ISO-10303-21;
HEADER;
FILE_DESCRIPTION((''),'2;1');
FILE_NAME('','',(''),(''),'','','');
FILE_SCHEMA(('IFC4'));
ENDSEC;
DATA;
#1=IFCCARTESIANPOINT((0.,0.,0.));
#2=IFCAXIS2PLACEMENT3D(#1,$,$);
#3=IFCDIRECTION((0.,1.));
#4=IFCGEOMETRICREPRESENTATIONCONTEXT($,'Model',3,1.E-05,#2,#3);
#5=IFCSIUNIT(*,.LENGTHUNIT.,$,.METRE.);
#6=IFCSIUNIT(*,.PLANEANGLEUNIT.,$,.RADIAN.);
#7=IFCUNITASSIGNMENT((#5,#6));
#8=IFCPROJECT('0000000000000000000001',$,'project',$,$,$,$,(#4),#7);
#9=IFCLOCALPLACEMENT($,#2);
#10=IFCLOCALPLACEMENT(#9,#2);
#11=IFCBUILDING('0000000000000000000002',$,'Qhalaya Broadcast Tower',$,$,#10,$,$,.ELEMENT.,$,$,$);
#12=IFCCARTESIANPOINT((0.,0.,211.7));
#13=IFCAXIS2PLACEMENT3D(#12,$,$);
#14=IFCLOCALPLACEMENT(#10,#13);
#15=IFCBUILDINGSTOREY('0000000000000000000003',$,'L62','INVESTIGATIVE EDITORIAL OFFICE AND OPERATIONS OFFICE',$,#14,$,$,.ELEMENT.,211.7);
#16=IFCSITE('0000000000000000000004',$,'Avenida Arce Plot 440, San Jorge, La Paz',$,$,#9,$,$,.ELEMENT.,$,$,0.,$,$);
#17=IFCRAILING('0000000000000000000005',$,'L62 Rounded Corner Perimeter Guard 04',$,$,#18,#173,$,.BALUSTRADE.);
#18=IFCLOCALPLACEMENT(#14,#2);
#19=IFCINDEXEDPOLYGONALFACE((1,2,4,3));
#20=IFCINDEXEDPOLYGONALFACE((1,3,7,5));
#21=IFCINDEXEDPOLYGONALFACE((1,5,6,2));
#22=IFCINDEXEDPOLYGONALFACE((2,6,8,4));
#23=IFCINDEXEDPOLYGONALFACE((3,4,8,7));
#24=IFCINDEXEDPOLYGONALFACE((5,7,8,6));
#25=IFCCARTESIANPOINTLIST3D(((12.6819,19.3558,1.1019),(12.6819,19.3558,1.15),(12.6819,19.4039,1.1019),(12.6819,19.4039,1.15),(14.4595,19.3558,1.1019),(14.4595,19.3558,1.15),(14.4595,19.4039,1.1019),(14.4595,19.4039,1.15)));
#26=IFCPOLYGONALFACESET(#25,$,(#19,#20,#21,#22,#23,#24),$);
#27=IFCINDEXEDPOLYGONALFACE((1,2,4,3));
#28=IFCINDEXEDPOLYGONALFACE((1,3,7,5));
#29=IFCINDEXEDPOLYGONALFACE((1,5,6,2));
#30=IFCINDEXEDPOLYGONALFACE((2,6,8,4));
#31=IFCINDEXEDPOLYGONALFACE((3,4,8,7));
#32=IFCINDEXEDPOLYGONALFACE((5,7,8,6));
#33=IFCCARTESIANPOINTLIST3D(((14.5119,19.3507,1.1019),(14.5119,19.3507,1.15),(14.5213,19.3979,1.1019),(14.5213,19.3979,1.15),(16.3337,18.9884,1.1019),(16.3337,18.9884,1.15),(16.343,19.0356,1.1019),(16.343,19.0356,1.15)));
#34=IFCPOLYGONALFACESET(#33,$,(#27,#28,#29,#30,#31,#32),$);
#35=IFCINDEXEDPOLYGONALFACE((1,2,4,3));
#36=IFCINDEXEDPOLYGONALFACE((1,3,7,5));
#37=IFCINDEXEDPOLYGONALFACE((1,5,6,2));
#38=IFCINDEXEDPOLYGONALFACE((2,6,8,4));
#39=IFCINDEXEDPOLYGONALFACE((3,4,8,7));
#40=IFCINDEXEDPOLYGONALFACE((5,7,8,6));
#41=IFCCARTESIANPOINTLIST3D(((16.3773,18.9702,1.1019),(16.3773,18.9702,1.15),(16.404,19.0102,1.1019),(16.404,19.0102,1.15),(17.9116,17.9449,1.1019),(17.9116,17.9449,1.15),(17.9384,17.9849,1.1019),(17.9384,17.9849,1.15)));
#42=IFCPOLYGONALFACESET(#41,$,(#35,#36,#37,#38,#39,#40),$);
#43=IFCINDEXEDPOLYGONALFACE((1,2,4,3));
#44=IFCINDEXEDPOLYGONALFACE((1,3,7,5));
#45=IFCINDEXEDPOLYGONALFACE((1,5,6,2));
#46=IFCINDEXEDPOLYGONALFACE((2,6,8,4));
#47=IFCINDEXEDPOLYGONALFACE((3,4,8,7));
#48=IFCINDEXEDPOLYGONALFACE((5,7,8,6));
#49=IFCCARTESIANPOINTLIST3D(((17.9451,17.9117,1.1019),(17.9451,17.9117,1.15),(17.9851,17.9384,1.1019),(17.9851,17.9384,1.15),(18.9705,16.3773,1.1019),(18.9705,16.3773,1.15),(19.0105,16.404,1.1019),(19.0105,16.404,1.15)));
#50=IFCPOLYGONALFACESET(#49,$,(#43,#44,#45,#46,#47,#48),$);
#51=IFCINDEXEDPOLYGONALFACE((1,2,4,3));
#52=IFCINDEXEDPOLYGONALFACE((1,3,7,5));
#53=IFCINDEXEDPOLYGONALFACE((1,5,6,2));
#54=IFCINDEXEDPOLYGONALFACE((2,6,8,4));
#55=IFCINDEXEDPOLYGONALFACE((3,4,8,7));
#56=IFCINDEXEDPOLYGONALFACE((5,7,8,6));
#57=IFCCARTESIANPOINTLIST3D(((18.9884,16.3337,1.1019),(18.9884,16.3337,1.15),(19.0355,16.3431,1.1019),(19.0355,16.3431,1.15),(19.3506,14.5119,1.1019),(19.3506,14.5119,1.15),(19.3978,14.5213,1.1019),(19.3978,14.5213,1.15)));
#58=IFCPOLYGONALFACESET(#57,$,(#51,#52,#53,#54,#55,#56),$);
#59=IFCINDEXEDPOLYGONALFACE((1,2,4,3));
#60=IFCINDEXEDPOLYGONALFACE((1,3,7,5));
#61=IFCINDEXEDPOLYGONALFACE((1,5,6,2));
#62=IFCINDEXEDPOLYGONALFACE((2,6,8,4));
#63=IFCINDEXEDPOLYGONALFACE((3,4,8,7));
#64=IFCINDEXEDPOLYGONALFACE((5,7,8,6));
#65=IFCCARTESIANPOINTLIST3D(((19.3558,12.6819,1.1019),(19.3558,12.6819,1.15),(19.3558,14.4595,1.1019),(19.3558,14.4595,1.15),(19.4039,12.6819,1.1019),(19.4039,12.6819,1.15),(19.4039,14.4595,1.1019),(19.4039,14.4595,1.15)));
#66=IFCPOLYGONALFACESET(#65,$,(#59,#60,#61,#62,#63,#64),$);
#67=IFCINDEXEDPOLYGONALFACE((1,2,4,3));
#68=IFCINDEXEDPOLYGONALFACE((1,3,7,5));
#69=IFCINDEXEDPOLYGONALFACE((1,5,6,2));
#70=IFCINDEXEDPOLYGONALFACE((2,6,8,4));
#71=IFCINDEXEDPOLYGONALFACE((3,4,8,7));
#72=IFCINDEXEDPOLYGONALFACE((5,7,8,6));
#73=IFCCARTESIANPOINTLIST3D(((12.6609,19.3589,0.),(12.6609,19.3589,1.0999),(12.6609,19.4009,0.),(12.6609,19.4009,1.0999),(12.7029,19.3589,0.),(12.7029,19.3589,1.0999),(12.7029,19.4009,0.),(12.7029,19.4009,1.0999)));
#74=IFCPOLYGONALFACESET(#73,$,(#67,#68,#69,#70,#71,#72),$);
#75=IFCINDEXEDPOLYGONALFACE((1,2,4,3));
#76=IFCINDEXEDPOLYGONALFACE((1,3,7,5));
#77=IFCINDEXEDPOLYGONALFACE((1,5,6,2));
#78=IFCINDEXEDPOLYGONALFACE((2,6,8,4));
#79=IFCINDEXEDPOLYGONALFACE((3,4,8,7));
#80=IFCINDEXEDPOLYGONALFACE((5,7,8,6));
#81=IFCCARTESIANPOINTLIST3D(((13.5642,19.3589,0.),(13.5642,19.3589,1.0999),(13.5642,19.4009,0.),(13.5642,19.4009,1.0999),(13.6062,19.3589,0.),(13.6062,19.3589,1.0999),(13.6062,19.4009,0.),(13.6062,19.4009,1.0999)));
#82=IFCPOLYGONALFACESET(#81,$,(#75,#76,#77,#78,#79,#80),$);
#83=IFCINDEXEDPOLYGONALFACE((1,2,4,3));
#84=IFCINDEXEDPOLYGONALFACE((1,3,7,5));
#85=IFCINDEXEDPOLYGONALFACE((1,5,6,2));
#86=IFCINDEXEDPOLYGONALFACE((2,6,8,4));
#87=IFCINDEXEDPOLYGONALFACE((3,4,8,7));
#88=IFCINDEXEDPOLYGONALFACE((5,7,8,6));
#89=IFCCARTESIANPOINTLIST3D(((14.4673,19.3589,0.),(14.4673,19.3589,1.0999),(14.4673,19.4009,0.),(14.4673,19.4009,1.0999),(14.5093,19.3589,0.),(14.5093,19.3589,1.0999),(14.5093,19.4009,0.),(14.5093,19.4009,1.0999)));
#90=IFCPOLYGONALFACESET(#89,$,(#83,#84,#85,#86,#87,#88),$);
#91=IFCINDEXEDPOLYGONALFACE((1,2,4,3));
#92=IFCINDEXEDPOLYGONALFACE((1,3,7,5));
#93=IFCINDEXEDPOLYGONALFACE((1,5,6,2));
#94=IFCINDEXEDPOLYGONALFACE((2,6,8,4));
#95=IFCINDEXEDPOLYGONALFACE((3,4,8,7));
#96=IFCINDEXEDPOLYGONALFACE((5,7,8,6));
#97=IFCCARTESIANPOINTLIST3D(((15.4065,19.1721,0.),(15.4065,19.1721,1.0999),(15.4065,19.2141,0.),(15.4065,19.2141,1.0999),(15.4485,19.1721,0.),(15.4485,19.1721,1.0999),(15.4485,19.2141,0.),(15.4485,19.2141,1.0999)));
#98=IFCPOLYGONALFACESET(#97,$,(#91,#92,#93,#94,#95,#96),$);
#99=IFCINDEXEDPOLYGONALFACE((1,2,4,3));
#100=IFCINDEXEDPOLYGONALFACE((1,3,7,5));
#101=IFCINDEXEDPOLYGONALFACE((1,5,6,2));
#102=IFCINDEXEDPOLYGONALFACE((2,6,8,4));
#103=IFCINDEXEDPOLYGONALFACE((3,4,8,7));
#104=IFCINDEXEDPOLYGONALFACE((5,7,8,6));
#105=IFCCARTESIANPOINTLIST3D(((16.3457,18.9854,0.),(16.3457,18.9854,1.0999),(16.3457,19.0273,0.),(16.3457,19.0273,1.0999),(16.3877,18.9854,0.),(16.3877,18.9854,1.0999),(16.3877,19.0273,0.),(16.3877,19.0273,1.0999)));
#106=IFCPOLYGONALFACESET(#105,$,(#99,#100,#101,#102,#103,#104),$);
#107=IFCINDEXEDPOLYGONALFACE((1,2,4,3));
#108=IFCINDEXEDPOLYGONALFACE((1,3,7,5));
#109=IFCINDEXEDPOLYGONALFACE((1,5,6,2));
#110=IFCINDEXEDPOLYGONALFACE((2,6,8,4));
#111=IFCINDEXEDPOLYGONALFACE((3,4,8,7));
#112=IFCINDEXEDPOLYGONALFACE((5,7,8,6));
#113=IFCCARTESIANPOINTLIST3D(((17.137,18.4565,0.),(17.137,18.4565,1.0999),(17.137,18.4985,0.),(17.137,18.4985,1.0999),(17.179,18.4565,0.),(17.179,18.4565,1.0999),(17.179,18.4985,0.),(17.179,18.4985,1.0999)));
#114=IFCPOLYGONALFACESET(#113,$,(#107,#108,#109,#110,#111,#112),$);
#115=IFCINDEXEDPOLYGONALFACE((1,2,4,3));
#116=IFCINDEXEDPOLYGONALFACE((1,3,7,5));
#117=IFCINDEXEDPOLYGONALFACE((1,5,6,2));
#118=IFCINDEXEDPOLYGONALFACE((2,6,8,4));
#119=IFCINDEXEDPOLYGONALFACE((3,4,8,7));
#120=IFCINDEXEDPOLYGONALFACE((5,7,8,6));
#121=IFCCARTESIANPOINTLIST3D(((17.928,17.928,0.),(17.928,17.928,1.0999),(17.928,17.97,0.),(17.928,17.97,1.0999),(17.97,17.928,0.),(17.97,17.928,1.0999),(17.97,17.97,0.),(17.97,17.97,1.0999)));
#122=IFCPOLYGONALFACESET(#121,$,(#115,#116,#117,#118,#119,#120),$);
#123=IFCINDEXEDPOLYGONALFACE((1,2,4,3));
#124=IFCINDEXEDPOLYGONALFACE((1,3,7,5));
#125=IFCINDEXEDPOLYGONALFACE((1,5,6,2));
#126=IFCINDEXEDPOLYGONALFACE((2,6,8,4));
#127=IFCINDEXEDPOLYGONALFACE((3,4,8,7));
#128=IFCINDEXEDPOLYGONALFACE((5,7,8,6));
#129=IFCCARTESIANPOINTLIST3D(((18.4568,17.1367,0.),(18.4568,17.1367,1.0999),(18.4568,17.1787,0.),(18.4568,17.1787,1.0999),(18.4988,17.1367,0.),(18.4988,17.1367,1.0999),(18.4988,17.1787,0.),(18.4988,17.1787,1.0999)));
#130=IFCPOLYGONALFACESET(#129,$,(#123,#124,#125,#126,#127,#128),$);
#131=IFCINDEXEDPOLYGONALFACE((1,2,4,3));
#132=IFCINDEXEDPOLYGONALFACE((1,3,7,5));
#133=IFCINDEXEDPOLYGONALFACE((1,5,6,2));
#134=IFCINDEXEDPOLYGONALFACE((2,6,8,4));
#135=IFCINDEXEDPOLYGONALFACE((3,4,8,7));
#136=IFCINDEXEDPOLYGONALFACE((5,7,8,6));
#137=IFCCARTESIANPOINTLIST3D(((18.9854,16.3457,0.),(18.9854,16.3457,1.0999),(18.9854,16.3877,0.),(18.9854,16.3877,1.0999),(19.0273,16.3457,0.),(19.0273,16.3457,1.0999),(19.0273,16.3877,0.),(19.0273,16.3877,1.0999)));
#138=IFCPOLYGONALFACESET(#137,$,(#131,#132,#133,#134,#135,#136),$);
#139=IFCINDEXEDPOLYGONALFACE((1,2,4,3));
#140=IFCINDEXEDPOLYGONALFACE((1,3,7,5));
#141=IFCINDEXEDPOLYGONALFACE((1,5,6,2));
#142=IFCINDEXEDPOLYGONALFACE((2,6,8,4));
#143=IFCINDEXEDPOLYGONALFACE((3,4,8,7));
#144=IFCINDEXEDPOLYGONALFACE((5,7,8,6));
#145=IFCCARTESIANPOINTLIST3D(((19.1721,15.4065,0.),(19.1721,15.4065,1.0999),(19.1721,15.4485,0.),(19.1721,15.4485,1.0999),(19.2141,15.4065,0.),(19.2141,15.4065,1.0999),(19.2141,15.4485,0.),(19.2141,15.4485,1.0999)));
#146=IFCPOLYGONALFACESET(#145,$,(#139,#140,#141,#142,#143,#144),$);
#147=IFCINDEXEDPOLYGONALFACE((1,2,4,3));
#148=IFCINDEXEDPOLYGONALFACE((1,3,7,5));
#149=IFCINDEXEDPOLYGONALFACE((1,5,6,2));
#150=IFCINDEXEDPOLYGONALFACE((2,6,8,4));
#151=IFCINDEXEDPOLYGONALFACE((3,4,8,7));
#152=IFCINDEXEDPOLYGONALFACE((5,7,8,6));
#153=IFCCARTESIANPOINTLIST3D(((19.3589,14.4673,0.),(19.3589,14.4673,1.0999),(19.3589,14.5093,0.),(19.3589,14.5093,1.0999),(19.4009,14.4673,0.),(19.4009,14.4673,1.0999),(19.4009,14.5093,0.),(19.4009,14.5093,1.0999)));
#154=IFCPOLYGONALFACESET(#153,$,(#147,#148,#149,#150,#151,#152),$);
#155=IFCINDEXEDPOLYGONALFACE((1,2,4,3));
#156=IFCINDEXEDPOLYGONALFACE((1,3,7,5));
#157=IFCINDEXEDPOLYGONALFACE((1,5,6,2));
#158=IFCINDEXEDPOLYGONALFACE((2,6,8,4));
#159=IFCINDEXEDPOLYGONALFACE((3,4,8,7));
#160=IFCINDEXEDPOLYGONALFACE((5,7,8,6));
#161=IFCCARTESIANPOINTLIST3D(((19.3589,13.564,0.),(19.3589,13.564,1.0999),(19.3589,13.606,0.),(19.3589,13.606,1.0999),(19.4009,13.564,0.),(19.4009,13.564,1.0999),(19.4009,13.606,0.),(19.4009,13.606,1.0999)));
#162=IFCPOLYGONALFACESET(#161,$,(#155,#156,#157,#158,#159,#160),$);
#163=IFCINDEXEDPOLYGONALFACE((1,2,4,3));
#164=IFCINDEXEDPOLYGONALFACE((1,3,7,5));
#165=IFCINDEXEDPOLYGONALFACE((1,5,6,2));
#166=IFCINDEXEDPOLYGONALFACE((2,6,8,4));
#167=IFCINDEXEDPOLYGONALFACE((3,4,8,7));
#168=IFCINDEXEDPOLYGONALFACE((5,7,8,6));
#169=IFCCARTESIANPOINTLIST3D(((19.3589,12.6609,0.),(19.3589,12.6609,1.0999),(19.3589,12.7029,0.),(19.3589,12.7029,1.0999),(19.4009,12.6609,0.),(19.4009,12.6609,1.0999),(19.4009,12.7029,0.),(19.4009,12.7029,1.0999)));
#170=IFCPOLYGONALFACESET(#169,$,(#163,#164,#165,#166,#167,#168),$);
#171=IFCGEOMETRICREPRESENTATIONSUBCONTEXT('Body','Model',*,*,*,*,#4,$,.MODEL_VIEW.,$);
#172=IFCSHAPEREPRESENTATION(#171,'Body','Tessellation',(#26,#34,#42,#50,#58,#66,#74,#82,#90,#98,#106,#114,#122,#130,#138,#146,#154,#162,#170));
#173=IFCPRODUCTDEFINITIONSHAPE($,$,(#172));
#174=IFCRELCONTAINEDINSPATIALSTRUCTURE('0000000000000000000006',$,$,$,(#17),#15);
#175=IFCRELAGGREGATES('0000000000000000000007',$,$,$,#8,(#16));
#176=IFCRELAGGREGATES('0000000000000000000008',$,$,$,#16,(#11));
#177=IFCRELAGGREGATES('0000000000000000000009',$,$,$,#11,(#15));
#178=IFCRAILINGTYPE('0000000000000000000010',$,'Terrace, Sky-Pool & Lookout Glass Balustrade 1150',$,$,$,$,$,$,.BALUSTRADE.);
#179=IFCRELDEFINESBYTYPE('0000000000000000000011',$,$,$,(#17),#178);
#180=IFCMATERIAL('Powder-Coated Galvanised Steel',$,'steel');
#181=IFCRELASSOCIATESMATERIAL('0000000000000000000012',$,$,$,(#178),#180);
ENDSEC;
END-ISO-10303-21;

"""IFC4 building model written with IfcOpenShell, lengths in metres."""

from ifc_helpers import new_model, si_unit, direction, frame, origin, origin_2d, place, context, subcontext, project, spatial, rectangle, extrude, material, type_object, element, save


model = new_model("IFC4")

# Units and contexts
model_context = context("Model", 3, precision=1e-05, world=origin(), true_north=direction((0.0, 1.0)))
body_context = subcontext(model_context, "Body", "Model", "MODEL_VIEW")
ifc_project = project(units=[si_unit("LENGTHUNIT", "METRE"), si_unit("PLANEANGLEUNIT", "RADIAN")], contexts=[model_context])

# Site, building, storey
site_placement = place(None, origin())
site = spatial("IfcSite", under=ifc_project, at=site_placement, Name="Avenida Arce Plot 440, San Jorge, La Paz", CompositionType="ELEMENT", RefElevation=0.0)
building_placement = place(site_placement, origin())
building = spatial("IfcBuilding", under=site, at=building_placement, Name="Qhalaya Broadcast Tower", CompositionType="ELEMENT")
storey_placement = place(building_placement, frame((0.0, 0.0, 211.7)))
storey = spatial("IfcBuildingStorey", under=building, at=storey_placement, Name="L62", Description="INVESTIGATIVE EDITORIAL OFFICE AND OPERATIONS OFFICE", CompositionType="ELEMENT", Elevation=211.7)

# Railing
ifc_material_1 = material(Name="Powder-Coated Galvanised Steel", Category="steel")
railing_type = type_object("IfcRailingType", Name="Terrace, Sky-Pool & Lookout Glass Balustrade 1150", PredefinedType="BALUSTRADE", material=ifc_material_1)
railing_placement = place(storey_placement, frame((12.6819, 19.3799, 0.0)))
element("IfcRailing", 1, at=railing_placement, inside=storey, type_object=railing_type, Name="L62 Rounded Corner Perimeter Guard 04", PredefinedType="BALUSTRADE", context=body_context, shape_type="SweptSolid", body=[
    extrude(rectangle(XDim=0.0481, YDim=0.0481, at=origin_2d()), frame((0.0, 0.0, 1.126), z_axis=(1.0, 0.0, 0.0), x_axis=(0.0, 1.0, 0.0)), (0.0, 0.0, 1.0), 1.7776),
    extrude(rectangle(XDim=0.0481, YDim=0.0481, at=origin_2d()), frame((1.8347, -0.0056, 1.126), z_axis=(0.980796, -0.195037, 0.0), x_axis=(0.195037, 0.980796, 0.0)), (0.0, 0.0, 1.0), 1.8574),
    extrude(rectangle(XDim=0.0481, YDim=0.0481, at=origin_2d()), frame((3.7087, -0.3896, 1.126), z_axis=(0.831438, -0.555618, 0.0), x_axis=(0.555618, 0.831438, 0.0)), (0.0, 0.0, 1.0), 1.8455),
    extrude(rectangle(XDim=0.0481, YDim=0.0481, at=origin_2d()), frame((5.2832, -1.4548, 1.126), z_axis=(0.555618, -0.831438, 0.0), x_axis=(0.831438, 0.555618, 0.0)), (0.0, 0.0, 1.0), 1.8455),
    extrude(rectangle(XDim=0.0481, YDim=0.0481, at=origin_2d()), frame((6.3301, -3.0415, 1.126), z_axis=(0.195037, -0.980796, 0.0), x_axis=(0.980796, 0.195037, 0.0)), (0.0, 0.0, 1.0), 1.8574),
    extrude(rectangle(XDim=0.0481, YDim=0.0481, at=origin_2d()), frame((6.698, -4.9204, 1.126), z_axis=(0.0, -1.0, 0.0), x_axis=(1.0, 0.0, 0.0)), (0.0, 0.0, 1.0), 1.7776),
    extrude(rectangle(XDim=0.042, YDim=0.042, at=origin_2d()), origin(), (0.0, 0.0, 1.0), 1.0999),
    extrude(rectangle(XDim=0.042, YDim=0.042, at=origin_2d()), frame((0.9033, 0.0, 0.0)), (0.0, 0.0, 1.0), 1.0999),
    extrude(rectangle(XDim=0.042, YDim=0.042, at=origin_2d()), frame((1.8064, 0.0, 0.0)), (0.0, 0.0, 1.0), 1.0999),
    extrude(rectangle(XDim=0.042, YDim=0.042, at=origin_2d()), frame((2.7456, -0.1868, 0.0)), (0.0, 0.0, 1.0), 1.0999),
    extrude(rectangle(XDim=0.042, YDim=0.042, at=origin_2d()), frame((3.6848, -0.3735, 0.0)), (0.0, 0.0, 1.0), 1.0999),
    extrude(rectangle(XDim=0.042, YDim=0.042, at=origin_2d()), frame((4.4761, -0.9023, 0.0)), (0.0, 0.0, 1.0), 1.0999),
    extrude(rectangle(XDim=0.042, YDim=0.042, at=origin_2d()), frame((5.2671, -1.4309, 0.0)), (0.0, 0.0, 1.0), 1.0999),
    extrude(rectangle(XDim=0.042, YDim=0.042, at=origin_2d()), frame((5.7959, -2.2222, 0.0)), (0.0, 0.0, 1.0), 1.0999),
    extrude(rectangle(XDim=0.042, YDim=0.042, at=origin_2d()), frame((6.3245, -3.0132, 0.0)), (0.0, 0.0, 1.0), 1.0999),
    extrude(rectangle(XDim=0.042, YDim=0.042, at=origin_2d()), frame((6.5112, -3.9524, 0.0)), (0.0, 0.0, 1.0), 1.0999),
    extrude(rectangle(XDim=0.042, YDim=0.042, at=origin_2d()), frame((6.698, -4.8916, 0.0)), (0.0, 0.0, 1.0), 1.0999),
    extrude(rectangle(XDim=0.042, YDim=0.042, at=origin_2d()), frame((6.698, -5.7949, 0.0)), (0.0, 0.0, 1.0), 1.0999),
    extrude(rectangle(XDim=0.042, YDim=0.042, at=origin_2d()), frame((6.698, -6.698, 0.0)), (0.0, 0.0, 1.0), 1.0999),
])

save(model, "model.ifc")
